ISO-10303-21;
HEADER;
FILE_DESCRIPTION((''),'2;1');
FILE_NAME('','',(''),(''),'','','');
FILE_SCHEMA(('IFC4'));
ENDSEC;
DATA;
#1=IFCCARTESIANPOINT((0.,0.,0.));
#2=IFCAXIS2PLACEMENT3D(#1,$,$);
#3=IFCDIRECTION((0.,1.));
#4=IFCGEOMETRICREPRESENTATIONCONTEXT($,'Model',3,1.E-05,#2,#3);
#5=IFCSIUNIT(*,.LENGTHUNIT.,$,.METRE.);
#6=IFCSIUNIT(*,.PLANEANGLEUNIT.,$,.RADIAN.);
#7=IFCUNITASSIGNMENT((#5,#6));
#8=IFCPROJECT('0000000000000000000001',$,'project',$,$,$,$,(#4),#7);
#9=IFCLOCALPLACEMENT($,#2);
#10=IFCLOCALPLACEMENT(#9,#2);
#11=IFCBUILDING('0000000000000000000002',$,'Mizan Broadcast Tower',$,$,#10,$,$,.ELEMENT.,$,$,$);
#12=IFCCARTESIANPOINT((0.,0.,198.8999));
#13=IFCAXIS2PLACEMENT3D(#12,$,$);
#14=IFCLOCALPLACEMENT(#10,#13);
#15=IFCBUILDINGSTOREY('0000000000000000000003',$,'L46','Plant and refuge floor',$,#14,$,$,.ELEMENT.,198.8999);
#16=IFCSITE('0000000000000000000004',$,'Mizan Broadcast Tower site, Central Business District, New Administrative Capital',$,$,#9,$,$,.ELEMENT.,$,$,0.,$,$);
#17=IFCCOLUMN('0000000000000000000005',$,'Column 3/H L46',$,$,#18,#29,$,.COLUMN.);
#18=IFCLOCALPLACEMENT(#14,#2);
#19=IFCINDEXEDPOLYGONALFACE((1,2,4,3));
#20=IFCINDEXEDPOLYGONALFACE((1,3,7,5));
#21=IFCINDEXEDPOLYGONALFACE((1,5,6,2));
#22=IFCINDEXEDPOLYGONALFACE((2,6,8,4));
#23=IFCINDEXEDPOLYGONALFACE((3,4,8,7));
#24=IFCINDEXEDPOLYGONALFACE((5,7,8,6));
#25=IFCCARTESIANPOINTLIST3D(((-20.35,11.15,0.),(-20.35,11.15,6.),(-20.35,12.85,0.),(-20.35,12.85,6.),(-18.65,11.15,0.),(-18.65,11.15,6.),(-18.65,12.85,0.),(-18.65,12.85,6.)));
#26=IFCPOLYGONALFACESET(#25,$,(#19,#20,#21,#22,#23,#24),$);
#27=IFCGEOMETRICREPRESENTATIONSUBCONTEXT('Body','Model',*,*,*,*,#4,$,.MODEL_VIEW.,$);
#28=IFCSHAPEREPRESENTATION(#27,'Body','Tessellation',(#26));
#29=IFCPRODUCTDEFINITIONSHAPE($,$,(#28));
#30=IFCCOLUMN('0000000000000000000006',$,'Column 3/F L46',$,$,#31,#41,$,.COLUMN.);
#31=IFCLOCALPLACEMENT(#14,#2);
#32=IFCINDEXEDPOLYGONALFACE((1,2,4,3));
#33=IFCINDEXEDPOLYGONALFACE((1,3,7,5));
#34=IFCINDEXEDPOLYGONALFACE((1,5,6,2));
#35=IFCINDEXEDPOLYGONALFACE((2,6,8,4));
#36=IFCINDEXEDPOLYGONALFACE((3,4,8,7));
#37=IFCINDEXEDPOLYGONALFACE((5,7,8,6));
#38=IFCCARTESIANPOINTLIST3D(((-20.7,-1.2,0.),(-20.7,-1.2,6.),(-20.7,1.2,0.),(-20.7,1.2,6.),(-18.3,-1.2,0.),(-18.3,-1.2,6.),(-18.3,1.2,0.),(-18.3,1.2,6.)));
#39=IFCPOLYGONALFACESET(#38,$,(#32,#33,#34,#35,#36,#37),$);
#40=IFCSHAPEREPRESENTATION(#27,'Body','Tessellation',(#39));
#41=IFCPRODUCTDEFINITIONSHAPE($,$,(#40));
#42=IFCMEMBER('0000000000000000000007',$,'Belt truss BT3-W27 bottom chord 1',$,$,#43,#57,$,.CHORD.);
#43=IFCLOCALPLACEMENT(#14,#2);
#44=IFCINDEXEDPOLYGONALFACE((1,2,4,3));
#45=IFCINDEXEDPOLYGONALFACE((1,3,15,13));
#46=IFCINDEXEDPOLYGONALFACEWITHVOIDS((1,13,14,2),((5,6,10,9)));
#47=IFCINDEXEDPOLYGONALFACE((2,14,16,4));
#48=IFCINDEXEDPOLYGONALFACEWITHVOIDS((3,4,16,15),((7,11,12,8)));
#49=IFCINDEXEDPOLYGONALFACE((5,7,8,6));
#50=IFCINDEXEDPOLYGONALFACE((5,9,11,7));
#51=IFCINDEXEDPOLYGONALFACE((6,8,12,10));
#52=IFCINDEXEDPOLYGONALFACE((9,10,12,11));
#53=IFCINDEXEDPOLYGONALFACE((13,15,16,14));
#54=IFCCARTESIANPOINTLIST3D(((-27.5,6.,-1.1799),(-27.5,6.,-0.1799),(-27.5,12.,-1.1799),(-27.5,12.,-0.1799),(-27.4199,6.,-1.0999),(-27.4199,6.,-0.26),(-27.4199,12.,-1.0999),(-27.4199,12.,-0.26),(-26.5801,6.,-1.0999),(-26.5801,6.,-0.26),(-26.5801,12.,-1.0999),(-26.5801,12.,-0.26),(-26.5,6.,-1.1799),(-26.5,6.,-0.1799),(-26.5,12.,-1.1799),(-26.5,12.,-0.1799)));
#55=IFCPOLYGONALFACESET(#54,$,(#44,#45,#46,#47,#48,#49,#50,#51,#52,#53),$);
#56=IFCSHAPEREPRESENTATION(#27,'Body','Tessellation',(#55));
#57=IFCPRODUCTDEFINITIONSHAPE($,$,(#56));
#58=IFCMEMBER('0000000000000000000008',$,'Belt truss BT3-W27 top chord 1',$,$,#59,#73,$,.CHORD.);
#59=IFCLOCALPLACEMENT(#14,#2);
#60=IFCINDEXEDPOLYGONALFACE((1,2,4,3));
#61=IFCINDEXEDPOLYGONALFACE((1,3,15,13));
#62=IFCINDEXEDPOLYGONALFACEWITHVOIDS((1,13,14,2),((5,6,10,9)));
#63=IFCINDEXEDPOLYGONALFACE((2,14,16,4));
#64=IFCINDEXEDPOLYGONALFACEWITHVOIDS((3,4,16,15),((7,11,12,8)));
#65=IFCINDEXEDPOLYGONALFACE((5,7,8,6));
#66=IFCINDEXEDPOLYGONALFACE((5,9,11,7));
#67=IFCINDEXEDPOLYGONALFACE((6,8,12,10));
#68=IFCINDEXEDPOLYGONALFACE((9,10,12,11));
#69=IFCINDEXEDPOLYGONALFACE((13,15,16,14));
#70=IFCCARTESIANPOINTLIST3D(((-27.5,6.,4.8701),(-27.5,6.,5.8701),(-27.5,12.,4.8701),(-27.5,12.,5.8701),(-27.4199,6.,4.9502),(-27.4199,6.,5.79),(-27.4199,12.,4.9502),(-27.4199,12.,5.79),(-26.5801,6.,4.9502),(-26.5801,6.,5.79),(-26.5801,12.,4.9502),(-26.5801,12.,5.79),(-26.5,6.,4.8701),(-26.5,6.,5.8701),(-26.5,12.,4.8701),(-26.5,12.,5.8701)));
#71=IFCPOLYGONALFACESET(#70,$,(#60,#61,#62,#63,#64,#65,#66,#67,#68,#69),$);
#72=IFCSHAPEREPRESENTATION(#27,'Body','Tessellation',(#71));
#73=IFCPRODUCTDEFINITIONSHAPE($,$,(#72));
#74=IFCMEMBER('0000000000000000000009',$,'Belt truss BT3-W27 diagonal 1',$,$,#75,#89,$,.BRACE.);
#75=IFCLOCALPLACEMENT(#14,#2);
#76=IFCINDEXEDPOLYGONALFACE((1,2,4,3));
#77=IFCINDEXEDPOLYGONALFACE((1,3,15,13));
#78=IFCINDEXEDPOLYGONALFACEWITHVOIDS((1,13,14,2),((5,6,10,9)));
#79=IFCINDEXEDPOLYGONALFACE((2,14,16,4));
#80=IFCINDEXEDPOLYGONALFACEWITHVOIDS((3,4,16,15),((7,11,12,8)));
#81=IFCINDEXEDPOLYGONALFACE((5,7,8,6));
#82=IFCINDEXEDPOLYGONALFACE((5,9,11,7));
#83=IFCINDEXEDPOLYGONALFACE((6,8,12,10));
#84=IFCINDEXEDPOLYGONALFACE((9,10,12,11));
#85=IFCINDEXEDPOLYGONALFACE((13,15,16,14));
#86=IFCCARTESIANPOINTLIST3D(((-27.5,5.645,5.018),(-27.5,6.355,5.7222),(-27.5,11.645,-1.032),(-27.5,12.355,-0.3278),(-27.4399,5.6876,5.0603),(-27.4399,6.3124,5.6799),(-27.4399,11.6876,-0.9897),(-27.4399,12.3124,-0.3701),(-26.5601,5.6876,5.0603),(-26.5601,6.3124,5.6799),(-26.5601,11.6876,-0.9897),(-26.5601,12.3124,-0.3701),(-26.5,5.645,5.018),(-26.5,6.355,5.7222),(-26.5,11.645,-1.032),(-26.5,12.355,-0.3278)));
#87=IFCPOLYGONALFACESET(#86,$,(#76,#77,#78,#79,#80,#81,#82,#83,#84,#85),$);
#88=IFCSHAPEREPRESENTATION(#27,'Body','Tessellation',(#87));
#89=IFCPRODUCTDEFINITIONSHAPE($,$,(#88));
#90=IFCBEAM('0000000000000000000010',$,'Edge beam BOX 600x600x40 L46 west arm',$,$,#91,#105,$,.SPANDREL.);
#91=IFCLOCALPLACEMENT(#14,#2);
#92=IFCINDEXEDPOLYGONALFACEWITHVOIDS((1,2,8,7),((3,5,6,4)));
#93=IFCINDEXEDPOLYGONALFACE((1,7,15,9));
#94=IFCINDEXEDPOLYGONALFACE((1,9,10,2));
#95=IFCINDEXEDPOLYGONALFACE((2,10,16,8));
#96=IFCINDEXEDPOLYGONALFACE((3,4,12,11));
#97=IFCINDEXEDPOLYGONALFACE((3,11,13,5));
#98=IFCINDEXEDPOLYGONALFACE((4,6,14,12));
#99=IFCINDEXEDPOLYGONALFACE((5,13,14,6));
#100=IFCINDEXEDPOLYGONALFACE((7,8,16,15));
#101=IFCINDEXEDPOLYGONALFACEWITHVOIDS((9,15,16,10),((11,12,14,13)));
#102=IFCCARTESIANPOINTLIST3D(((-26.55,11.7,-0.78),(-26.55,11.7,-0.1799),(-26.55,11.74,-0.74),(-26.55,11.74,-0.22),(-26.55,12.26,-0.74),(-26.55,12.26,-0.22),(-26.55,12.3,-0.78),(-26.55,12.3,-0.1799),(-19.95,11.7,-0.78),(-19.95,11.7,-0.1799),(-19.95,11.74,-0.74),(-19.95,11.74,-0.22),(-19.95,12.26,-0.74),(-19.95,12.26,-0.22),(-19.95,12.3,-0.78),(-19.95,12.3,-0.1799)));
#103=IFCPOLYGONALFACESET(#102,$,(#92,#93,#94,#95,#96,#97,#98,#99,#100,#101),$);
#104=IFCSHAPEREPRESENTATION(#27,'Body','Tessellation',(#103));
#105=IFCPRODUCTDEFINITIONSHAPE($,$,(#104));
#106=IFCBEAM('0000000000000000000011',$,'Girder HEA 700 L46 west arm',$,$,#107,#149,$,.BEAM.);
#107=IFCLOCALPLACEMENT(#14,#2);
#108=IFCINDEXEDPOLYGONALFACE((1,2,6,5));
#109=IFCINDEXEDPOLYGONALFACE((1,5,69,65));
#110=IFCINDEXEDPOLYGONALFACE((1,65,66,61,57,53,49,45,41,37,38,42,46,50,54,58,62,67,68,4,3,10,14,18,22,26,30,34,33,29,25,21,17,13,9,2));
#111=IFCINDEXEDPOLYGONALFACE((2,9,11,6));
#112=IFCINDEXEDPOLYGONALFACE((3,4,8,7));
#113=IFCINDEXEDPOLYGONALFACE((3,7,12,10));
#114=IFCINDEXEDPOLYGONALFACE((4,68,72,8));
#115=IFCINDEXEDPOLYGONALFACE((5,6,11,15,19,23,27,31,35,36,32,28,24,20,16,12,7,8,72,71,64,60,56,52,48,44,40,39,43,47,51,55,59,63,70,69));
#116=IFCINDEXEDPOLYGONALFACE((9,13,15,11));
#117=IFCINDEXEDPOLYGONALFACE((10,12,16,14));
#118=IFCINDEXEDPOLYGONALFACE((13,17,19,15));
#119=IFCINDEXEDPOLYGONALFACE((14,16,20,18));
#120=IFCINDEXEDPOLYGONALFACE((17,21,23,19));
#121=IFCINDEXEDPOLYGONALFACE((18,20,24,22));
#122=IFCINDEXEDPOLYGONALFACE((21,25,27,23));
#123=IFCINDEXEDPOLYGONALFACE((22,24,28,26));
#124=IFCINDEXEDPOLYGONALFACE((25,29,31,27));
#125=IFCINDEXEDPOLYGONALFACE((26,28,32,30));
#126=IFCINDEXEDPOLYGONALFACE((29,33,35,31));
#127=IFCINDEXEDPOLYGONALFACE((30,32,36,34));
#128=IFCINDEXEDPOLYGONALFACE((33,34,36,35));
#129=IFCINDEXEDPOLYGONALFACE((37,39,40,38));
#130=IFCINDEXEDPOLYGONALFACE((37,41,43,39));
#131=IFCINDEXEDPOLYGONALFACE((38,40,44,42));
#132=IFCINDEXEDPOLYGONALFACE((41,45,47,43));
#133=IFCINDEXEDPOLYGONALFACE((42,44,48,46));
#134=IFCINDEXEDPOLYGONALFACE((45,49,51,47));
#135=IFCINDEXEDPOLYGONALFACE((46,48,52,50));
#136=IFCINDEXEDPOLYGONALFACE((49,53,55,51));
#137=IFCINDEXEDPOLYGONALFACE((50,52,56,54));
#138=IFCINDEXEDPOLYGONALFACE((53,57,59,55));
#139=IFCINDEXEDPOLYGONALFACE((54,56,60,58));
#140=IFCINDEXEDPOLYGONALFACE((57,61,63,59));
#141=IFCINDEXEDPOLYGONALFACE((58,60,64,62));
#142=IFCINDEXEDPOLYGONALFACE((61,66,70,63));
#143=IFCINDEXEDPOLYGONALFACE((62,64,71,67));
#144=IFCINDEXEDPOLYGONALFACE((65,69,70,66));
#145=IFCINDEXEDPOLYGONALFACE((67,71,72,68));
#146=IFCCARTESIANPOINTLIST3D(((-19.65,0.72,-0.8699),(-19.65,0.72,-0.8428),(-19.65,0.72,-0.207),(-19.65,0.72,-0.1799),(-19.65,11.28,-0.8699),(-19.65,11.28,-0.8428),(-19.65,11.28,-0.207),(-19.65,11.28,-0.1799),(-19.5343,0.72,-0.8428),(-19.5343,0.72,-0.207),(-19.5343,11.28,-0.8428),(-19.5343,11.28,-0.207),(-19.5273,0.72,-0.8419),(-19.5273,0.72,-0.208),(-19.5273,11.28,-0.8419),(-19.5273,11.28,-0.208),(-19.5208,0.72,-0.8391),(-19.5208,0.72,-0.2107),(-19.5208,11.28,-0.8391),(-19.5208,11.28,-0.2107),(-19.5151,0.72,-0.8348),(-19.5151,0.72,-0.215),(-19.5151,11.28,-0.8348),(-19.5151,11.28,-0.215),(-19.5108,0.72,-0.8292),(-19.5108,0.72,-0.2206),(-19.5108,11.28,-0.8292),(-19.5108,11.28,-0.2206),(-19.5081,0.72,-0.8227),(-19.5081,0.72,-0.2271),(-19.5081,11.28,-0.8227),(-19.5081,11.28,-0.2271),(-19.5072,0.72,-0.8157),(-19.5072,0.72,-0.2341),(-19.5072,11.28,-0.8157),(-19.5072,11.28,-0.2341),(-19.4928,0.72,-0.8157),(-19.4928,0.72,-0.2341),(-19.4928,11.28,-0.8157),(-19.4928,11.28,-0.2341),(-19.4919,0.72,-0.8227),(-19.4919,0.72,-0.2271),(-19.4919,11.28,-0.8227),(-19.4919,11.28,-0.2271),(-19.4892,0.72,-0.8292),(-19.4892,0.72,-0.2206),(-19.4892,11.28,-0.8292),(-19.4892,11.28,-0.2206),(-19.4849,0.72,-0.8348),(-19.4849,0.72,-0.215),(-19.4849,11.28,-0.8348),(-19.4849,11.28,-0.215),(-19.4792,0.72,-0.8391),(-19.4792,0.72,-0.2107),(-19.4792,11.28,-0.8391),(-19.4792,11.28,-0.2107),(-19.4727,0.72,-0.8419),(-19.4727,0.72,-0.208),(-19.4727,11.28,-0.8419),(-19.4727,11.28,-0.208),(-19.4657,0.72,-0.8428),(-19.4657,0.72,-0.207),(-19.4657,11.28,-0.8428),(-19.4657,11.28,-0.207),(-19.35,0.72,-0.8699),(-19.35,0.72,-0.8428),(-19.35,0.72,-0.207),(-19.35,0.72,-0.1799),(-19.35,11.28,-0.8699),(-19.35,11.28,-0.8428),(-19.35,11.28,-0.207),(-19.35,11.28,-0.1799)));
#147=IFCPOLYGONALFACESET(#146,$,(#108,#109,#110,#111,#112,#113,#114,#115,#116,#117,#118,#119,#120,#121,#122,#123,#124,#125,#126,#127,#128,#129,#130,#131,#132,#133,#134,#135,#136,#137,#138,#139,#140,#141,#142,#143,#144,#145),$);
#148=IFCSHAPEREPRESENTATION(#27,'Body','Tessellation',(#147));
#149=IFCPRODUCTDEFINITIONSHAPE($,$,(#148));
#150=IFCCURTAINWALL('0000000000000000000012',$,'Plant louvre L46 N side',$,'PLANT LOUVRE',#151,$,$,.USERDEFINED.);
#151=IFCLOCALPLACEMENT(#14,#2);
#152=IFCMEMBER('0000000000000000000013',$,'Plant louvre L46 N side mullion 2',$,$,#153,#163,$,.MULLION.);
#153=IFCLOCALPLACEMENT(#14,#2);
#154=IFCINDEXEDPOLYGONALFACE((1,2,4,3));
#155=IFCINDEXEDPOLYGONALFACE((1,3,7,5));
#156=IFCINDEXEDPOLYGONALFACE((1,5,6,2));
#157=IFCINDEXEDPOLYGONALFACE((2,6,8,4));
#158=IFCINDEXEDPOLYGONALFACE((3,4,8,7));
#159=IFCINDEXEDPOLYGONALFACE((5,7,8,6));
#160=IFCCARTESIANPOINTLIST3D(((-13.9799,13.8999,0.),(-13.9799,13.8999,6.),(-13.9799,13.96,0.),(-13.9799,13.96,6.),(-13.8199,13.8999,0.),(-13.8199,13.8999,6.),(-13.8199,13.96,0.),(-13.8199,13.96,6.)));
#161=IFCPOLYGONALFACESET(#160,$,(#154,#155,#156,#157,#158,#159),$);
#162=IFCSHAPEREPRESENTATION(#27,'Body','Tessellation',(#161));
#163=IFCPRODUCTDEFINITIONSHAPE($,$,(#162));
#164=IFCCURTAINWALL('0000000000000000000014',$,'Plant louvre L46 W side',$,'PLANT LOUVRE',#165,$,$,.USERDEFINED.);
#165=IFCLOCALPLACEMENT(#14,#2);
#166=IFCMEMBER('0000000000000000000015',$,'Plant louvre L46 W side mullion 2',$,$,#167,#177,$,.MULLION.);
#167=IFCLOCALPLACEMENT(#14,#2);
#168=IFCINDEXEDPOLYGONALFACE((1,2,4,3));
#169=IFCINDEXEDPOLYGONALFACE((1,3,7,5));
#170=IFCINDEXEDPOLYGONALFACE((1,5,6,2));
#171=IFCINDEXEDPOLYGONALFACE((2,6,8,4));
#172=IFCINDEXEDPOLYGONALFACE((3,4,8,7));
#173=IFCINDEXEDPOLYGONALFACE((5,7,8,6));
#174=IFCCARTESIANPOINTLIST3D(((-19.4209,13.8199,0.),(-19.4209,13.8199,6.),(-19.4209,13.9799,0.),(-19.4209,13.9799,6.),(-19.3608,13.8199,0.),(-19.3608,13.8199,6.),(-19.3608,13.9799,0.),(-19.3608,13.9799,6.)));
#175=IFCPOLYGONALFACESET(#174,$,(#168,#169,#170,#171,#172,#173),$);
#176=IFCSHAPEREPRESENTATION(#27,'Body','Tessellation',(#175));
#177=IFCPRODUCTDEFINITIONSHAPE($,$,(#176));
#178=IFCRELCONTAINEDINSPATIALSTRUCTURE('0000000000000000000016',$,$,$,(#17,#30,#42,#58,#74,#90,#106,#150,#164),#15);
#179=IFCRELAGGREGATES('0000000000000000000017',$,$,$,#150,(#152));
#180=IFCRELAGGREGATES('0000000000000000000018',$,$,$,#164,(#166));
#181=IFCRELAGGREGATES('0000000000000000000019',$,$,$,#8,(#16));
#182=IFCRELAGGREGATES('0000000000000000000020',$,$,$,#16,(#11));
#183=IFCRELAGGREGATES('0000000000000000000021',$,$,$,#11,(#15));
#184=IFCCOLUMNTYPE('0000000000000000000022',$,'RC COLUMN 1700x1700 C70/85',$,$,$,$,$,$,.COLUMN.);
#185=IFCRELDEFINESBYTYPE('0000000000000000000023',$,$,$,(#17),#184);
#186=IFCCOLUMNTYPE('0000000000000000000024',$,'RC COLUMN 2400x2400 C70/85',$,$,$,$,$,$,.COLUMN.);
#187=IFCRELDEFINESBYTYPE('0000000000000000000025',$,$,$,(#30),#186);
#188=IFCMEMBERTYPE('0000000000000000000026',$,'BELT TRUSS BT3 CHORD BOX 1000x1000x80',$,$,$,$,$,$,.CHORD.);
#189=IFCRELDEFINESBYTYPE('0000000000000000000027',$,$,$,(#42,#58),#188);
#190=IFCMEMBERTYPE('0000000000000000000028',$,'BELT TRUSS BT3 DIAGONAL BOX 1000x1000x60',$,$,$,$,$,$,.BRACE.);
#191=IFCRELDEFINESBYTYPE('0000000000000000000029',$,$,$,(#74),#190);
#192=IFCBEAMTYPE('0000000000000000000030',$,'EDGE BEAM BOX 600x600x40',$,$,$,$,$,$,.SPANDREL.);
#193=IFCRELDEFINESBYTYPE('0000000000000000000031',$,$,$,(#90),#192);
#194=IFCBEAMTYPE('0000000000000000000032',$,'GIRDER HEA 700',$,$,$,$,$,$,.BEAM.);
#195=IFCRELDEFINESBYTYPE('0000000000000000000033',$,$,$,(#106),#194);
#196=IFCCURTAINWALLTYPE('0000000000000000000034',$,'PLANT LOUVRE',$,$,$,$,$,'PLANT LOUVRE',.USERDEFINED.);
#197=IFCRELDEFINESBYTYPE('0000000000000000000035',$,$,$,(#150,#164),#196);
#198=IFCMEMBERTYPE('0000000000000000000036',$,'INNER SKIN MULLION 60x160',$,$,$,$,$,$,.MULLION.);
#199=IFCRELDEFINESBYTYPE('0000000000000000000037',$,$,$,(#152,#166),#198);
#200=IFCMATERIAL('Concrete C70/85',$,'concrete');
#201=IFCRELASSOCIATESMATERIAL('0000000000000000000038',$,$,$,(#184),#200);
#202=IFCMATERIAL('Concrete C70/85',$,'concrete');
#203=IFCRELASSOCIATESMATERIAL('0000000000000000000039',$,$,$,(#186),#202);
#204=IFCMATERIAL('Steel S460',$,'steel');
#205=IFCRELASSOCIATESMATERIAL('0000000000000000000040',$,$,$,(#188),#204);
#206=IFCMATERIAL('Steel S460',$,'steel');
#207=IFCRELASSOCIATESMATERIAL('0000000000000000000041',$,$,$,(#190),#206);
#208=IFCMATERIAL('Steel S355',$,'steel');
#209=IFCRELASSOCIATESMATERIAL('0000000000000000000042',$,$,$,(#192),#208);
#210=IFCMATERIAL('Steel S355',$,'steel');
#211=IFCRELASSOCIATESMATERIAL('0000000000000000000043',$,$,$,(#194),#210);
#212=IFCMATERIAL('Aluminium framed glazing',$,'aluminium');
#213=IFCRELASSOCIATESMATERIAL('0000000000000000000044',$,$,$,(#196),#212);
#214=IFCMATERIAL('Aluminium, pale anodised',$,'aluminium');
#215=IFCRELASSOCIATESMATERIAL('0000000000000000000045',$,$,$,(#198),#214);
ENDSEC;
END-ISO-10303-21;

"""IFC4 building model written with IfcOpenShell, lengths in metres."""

from ifc_helpers import new_model, si_unit, direction, frame, origin, origin_2d, place, context, subcontext, project, spatial, rectangle, hollow_rectangle, i_section, extrude, material, material_profile, profile_set, type_object, element, aggregate, save


model = new_model("IFC4")

# Units and contexts
model_context = context("Model", 3, precision=1e-05, world=origin(), true_north=direction((0.0, 1.0)))
body_context = subcontext(model_context, "Body", "Model", "MODEL_VIEW")
ifc_project = project(units=[si_unit("LENGTHUNIT", "METRE"), si_unit("PLANEANGLEUNIT", "RADIAN")], contexts=[model_context])

# Site, building, storey
site_placement = place(None, origin())
site = spatial("IfcSite", under=ifc_project, at=site_placement, Name="Mizan Broadcast Tower site, Central Business District, New Administrative Capital", CompositionType="ELEMENT", RefElevation=0.0)
building_placement = place(site_placement, origin())
building = spatial("IfcBuilding", under=site, at=building_placement, Name="Mizan Broadcast Tower", CompositionType="ELEMENT")
storey_placement = place(building_placement, frame((0.0, 0.0, 198.8999)))
storey = spatial("IfcBuildingStorey", under=building, at=storey_placement, Name="L46", Description="Plant and refuge floor", CompositionType="ELEMENT", Elevation=198.8999)

# Columns
ifc_material_1 = material(Name="Concrete C70/85", Category="concrete")
ifc_material_profile_1 = material_profile(ifc_material_1, rectangle(XDim=1.7, YDim=1.7, at=origin_2d()), Name="RC 1700x1700")
ifc_profile_set_1 = profile_set([ifc_material_profile_1], Name="Concrete C70/85")
column_type_1 = type_object("IfcColumnType", Name="RC COLUMN 1700x1700 C70/85", PredefinedType="COLUMN", material=ifc_profile_set_1)
column_1_placement = place(storey_placement, frame((-19.5, 12.0, 0.0), z_axis=(0.0, 0.0, 1.0), x_axis=(1.0, 0.0, 0.0)))
element("IfcColumn", 1, at=column_1_placement, inside=storey, type_object=column_type_1, Name="Column 3/H L46", PredefinedType="COLUMN", context=body_context, shape_type="SweptSolid", body=[
    extrude(rectangle(XDim=1.7, YDim=1.7, at=origin_2d()), origin(), (0.0, 0.0, 1.0), 6.0),
])
ifc_material_2 = material(Name="Concrete C70/85", Category="concrete")
ifc_material_profile_2 = material_profile(ifc_material_2, rectangle(XDim=2.3999, YDim=2.3999, at=origin_2d()), Name="RC 2400x2400")
ifc_profile_set_2 = profile_set([ifc_material_profile_2], Name="Concrete C70/85")
column_type_2 = type_object("IfcColumnType", Name="RC COLUMN 2400x2400 C70/85", PredefinedType="COLUMN", material=ifc_profile_set_2)
column_2_placement = place(storey_placement, frame((-19.5, 0.0, 0.0), z_axis=(0.0, 0.0, 1.0), x_axis=(1.0, 0.0, 0.0)))
element("IfcColumn", 2, at=column_2_placement, inside=storey, type_object=column_type_2, Name="Column 3/F L46", PredefinedType="COLUMN", context=body_context, shape_type="SweptSolid", body=[
    extrude(rectangle(XDim=2.3999, YDim=2.3999, at=origin_2d()), origin(), (0.0, 0.0, 1.0), 6.0),
])

# Members
ifc_material_3 = material(Name="Steel S460", Category="steel")
ifc_material_profile_3 = material_profile(ifc_material_3, hollow_rectangle(XDim=1.0, YDim=1.0, WallThickness=0.0801, at=origin_2d()), Name="BOX 1000x1000x80")
ifc_profile_set_3 = profile_set([ifc_material_profile_3], Name="Steel S460")
member_type_1 = type_object("IfcMemberType", Name="BELT TRUSS BT3 CHORD BOX 1000x1000x80", PredefinedType="CHORD", material=ifc_profile_set_3)
for number, where, z_axis, x_axis, name in (
    (3, (-27.0, 12.0, -0.6799), (0.0, -1.0, 0.0), (1.0, 0.0, 0.0), "Belt truss BT3-W27 bottom chord 1"),
    (4, (-27.0, 12.0, 5.3701), (0.0, -1.0, 0.0), (1.0, 0.0, 0.0), "Belt truss BT3-W27 top chord 1"),
):
    element("IfcMember", number, at=place(storey_placement, frame(where, z_axis=z_axis, x_axis=x_axis)), inside=storey, type_object=member_type_1, Name=name, PredefinedType="CHORD", context=body_context, shape_type="SweptSolid", body=[
        extrude(hollow_rectangle(XDim=1.0, YDim=1.0, WallThickness=0.0801, at=origin_2d()), origin(), (0.0, 0.0, 1.0), 6.0),
    ])
ifc_material_4 = material(Name="Steel S460", Category="steel")
ifc_material_profile_4 = material_profile(ifc_material_4, hollow_rectangle(XDim=1.0, YDim=1.0, WallThickness=0.0601, at=origin_2d()), Name="BOX 1000x1000x60")
ifc_profile_set_4 = profile_set([ifc_material_profile_4], Name="Steel S460")
member_type_2 = type_object("IfcMemberType", Name="BELT TRUSS BT3 DIAGONAL BOX 1000x1000x60", PredefinedType="BRACE", material=ifc_profile_set_4)
member_1_placement = place(storey_placement, frame((-27.0, 12.0, -0.6799), z_axis=(0.0, -0.704164, 0.710038), x_axis=(1.0, 0.0, 0.0)))
element("IfcMember", 5, at=member_1_placement, inside=storey, type_object=member_type_2, Name="Belt truss BT3-W27 diagonal 1", PredefinedType="BRACE", context=body_context, shape_type="SweptSolid", body=[
    extrude(hollow_rectangle(XDim=1.0, YDim=1.0, WallThickness=0.0601, at=origin_2d()), origin(), (0.0, 0.0, 1.0), 8.5208),
])

# Beams
ifc_material_5 = material(Name="Steel S355", Category="steel")
ifc_material_profile_5 = material_profile(ifc_material_5, hollow_rectangle(XDim=0.6001, YDim=0.6001, WallThickness=0.04, at=origin_2d()), Name="BOX 600x600x40")
ifc_profile_set_5 = profile_set([ifc_material_profile_5], Name="Steel S355")
beam_type_1 = type_object("IfcBeamType", Name="EDGE BEAM BOX 600x600x40", PredefinedType="SPANDREL", material=ifc_profile_set_5)
beam_1_placement = place(storey_placement, frame((-19.95, 12.0, -0.48), z_axis=(-1.0, 0.0, 0.0), x_axis=(0.0, -1.0, 0.0)))
element("IfcBeam", 6, at=beam_1_placement, inside=storey, type_object=beam_type_1, Name="Edge beam BOX 600x600x40 L46 west arm", PredefinedType="SPANDREL", context=body_context, shape_type="SweptSolid", body=[
    extrude(hollow_rectangle(XDim=0.6001, YDim=0.6001, WallThickness=0.04, at=origin_2d()), origin(), (0.0, 0.0, 1.0), 6.6001),
])
ifc_material_6 = material(Name="Steel S355", Category="steel")
ifc_material_profile_6 = material_profile(ifc_material_6, i_section(OverallWidth=0.3, OverallDepth=0.6899, WebThickness=0.0144, FlangeThickness=0.0271, FilletRadius=0.0271, at=origin_2d()), Name="HEA 700")
ifc_profile_set_6 = profile_set([ifc_material_profile_6], Name="Steel S355")
beam_type_2 = type_object("IfcBeamType", Name="GIRDER HEA 700", PredefinedType="BEAM", material=ifc_profile_set_6)
beam_2_placement = place(storey_placement, frame((-19.5, 11.28, -0.5249), z_axis=(0.0, -1.0, 0.0), x_axis=(1.0, 0.0, 0.0)))
element("IfcBeam", 7, at=beam_2_placement, inside=storey, type_object=beam_type_2, Name="Girder HEA 700 L46 west arm", PredefinedType="BEAM", context=body_context, shape_type="SweptSolid", body=[
    extrude(i_section(OverallWidth=0.3, OverallDepth=0.6899, WebThickness=0.0144, FlangeThickness=0.0271, FilletRadius=0.0271, at=origin_2d()), origin(), (0.0, 0.0, 1.0), 10.5601),
])

# Curtain wall, member
ifc_material_7 = material(Name="Aluminium framed glazing", Category="aluminium")
curtain_wall_type = type_object("IfcCurtainWallType", Name="PLANT LOUVRE", ElementType="PLANT LOUVRE", PredefinedType="USERDEFINED", material=ifc_material_7)
curtain_wall_1_placement = place(storey_placement, origin())
curtain_wall_1 = element("IfcCurtainWall", 8, at=curtain_wall_1_placement, inside=storey, type_object=curtain_wall_type, Name="Plant louvre L46 N side", ObjectType="PLANT LOUVRE", PredefinedType="USERDEFINED")
ifc_material_8 = material(Name="Aluminium, pale anodised", Category="aluminium")
ifc_material_profile_7 = material_profile(ifc_material_8, rectangle(XDim=0.1599, YDim=0.0601, at=origin_2d()), Name="MULLION 160x60")
ifc_profile_set_7 = profile_set([ifc_material_profile_7], Name="Aluminium, pale anodised")
member_type_3 = type_object("IfcMemberType", Name="INNER SKIN MULLION 60x160", PredefinedType="MULLION", material=ifc_profile_set_7)
member_2_placement = place(storey_placement, frame((-13.8999, 13.9299, 0.0), z_axis=(0.0, 0.0, 1.0), x_axis=(1.0, 0.0, 0.0)))
member_2 = element("IfcMember", 9, at=member_2_placement, type_object=member_type_3, Name="Plant louvre L46 N side mullion 2", PredefinedType="MULLION", context=body_context, shape_type="SweptSolid", body=[
    extrude(rectangle(XDim=0.1599, YDim=0.0601, at=origin_2d()), origin(), (0.0, 0.0, 1.0), 6.0),
])

# Curtain wall, member
curtain_wall_2_placement = place(storey_placement, origin())
curtain_wall_2 = element("IfcCurtainWall", 10, at=curtain_wall_2_placement, inside=storey, type_object=curtain_wall_type, Name="Plant louvre L46 W side", ObjectType="PLANT LOUVRE", PredefinedType="USERDEFINED")
member_3_placement = place(storey_placement, frame((-19.3909, 13.8999, 0.0), z_axis=(0.0, 0.0, 1.0), x_axis=(0.0, -1.0, 0.0)))
member_3 = element("IfcMember", 11, at=member_3_placement, type_object=member_type_3, Name="Plant louvre L46 W side mullion 2", PredefinedType="MULLION", context=body_context, shape_type="SweptSolid", body=[
    extrude(rectangle(XDim=0.1599, YDim=0.0601, at=origin_2d()), origin(), (0.0, 0.0, 1.0), 6.0),
])

aggregate(curtain_wall_1, [member_2])
aggregate(curtain_wall_2, [member_3])

save(model, "model.ifc")
